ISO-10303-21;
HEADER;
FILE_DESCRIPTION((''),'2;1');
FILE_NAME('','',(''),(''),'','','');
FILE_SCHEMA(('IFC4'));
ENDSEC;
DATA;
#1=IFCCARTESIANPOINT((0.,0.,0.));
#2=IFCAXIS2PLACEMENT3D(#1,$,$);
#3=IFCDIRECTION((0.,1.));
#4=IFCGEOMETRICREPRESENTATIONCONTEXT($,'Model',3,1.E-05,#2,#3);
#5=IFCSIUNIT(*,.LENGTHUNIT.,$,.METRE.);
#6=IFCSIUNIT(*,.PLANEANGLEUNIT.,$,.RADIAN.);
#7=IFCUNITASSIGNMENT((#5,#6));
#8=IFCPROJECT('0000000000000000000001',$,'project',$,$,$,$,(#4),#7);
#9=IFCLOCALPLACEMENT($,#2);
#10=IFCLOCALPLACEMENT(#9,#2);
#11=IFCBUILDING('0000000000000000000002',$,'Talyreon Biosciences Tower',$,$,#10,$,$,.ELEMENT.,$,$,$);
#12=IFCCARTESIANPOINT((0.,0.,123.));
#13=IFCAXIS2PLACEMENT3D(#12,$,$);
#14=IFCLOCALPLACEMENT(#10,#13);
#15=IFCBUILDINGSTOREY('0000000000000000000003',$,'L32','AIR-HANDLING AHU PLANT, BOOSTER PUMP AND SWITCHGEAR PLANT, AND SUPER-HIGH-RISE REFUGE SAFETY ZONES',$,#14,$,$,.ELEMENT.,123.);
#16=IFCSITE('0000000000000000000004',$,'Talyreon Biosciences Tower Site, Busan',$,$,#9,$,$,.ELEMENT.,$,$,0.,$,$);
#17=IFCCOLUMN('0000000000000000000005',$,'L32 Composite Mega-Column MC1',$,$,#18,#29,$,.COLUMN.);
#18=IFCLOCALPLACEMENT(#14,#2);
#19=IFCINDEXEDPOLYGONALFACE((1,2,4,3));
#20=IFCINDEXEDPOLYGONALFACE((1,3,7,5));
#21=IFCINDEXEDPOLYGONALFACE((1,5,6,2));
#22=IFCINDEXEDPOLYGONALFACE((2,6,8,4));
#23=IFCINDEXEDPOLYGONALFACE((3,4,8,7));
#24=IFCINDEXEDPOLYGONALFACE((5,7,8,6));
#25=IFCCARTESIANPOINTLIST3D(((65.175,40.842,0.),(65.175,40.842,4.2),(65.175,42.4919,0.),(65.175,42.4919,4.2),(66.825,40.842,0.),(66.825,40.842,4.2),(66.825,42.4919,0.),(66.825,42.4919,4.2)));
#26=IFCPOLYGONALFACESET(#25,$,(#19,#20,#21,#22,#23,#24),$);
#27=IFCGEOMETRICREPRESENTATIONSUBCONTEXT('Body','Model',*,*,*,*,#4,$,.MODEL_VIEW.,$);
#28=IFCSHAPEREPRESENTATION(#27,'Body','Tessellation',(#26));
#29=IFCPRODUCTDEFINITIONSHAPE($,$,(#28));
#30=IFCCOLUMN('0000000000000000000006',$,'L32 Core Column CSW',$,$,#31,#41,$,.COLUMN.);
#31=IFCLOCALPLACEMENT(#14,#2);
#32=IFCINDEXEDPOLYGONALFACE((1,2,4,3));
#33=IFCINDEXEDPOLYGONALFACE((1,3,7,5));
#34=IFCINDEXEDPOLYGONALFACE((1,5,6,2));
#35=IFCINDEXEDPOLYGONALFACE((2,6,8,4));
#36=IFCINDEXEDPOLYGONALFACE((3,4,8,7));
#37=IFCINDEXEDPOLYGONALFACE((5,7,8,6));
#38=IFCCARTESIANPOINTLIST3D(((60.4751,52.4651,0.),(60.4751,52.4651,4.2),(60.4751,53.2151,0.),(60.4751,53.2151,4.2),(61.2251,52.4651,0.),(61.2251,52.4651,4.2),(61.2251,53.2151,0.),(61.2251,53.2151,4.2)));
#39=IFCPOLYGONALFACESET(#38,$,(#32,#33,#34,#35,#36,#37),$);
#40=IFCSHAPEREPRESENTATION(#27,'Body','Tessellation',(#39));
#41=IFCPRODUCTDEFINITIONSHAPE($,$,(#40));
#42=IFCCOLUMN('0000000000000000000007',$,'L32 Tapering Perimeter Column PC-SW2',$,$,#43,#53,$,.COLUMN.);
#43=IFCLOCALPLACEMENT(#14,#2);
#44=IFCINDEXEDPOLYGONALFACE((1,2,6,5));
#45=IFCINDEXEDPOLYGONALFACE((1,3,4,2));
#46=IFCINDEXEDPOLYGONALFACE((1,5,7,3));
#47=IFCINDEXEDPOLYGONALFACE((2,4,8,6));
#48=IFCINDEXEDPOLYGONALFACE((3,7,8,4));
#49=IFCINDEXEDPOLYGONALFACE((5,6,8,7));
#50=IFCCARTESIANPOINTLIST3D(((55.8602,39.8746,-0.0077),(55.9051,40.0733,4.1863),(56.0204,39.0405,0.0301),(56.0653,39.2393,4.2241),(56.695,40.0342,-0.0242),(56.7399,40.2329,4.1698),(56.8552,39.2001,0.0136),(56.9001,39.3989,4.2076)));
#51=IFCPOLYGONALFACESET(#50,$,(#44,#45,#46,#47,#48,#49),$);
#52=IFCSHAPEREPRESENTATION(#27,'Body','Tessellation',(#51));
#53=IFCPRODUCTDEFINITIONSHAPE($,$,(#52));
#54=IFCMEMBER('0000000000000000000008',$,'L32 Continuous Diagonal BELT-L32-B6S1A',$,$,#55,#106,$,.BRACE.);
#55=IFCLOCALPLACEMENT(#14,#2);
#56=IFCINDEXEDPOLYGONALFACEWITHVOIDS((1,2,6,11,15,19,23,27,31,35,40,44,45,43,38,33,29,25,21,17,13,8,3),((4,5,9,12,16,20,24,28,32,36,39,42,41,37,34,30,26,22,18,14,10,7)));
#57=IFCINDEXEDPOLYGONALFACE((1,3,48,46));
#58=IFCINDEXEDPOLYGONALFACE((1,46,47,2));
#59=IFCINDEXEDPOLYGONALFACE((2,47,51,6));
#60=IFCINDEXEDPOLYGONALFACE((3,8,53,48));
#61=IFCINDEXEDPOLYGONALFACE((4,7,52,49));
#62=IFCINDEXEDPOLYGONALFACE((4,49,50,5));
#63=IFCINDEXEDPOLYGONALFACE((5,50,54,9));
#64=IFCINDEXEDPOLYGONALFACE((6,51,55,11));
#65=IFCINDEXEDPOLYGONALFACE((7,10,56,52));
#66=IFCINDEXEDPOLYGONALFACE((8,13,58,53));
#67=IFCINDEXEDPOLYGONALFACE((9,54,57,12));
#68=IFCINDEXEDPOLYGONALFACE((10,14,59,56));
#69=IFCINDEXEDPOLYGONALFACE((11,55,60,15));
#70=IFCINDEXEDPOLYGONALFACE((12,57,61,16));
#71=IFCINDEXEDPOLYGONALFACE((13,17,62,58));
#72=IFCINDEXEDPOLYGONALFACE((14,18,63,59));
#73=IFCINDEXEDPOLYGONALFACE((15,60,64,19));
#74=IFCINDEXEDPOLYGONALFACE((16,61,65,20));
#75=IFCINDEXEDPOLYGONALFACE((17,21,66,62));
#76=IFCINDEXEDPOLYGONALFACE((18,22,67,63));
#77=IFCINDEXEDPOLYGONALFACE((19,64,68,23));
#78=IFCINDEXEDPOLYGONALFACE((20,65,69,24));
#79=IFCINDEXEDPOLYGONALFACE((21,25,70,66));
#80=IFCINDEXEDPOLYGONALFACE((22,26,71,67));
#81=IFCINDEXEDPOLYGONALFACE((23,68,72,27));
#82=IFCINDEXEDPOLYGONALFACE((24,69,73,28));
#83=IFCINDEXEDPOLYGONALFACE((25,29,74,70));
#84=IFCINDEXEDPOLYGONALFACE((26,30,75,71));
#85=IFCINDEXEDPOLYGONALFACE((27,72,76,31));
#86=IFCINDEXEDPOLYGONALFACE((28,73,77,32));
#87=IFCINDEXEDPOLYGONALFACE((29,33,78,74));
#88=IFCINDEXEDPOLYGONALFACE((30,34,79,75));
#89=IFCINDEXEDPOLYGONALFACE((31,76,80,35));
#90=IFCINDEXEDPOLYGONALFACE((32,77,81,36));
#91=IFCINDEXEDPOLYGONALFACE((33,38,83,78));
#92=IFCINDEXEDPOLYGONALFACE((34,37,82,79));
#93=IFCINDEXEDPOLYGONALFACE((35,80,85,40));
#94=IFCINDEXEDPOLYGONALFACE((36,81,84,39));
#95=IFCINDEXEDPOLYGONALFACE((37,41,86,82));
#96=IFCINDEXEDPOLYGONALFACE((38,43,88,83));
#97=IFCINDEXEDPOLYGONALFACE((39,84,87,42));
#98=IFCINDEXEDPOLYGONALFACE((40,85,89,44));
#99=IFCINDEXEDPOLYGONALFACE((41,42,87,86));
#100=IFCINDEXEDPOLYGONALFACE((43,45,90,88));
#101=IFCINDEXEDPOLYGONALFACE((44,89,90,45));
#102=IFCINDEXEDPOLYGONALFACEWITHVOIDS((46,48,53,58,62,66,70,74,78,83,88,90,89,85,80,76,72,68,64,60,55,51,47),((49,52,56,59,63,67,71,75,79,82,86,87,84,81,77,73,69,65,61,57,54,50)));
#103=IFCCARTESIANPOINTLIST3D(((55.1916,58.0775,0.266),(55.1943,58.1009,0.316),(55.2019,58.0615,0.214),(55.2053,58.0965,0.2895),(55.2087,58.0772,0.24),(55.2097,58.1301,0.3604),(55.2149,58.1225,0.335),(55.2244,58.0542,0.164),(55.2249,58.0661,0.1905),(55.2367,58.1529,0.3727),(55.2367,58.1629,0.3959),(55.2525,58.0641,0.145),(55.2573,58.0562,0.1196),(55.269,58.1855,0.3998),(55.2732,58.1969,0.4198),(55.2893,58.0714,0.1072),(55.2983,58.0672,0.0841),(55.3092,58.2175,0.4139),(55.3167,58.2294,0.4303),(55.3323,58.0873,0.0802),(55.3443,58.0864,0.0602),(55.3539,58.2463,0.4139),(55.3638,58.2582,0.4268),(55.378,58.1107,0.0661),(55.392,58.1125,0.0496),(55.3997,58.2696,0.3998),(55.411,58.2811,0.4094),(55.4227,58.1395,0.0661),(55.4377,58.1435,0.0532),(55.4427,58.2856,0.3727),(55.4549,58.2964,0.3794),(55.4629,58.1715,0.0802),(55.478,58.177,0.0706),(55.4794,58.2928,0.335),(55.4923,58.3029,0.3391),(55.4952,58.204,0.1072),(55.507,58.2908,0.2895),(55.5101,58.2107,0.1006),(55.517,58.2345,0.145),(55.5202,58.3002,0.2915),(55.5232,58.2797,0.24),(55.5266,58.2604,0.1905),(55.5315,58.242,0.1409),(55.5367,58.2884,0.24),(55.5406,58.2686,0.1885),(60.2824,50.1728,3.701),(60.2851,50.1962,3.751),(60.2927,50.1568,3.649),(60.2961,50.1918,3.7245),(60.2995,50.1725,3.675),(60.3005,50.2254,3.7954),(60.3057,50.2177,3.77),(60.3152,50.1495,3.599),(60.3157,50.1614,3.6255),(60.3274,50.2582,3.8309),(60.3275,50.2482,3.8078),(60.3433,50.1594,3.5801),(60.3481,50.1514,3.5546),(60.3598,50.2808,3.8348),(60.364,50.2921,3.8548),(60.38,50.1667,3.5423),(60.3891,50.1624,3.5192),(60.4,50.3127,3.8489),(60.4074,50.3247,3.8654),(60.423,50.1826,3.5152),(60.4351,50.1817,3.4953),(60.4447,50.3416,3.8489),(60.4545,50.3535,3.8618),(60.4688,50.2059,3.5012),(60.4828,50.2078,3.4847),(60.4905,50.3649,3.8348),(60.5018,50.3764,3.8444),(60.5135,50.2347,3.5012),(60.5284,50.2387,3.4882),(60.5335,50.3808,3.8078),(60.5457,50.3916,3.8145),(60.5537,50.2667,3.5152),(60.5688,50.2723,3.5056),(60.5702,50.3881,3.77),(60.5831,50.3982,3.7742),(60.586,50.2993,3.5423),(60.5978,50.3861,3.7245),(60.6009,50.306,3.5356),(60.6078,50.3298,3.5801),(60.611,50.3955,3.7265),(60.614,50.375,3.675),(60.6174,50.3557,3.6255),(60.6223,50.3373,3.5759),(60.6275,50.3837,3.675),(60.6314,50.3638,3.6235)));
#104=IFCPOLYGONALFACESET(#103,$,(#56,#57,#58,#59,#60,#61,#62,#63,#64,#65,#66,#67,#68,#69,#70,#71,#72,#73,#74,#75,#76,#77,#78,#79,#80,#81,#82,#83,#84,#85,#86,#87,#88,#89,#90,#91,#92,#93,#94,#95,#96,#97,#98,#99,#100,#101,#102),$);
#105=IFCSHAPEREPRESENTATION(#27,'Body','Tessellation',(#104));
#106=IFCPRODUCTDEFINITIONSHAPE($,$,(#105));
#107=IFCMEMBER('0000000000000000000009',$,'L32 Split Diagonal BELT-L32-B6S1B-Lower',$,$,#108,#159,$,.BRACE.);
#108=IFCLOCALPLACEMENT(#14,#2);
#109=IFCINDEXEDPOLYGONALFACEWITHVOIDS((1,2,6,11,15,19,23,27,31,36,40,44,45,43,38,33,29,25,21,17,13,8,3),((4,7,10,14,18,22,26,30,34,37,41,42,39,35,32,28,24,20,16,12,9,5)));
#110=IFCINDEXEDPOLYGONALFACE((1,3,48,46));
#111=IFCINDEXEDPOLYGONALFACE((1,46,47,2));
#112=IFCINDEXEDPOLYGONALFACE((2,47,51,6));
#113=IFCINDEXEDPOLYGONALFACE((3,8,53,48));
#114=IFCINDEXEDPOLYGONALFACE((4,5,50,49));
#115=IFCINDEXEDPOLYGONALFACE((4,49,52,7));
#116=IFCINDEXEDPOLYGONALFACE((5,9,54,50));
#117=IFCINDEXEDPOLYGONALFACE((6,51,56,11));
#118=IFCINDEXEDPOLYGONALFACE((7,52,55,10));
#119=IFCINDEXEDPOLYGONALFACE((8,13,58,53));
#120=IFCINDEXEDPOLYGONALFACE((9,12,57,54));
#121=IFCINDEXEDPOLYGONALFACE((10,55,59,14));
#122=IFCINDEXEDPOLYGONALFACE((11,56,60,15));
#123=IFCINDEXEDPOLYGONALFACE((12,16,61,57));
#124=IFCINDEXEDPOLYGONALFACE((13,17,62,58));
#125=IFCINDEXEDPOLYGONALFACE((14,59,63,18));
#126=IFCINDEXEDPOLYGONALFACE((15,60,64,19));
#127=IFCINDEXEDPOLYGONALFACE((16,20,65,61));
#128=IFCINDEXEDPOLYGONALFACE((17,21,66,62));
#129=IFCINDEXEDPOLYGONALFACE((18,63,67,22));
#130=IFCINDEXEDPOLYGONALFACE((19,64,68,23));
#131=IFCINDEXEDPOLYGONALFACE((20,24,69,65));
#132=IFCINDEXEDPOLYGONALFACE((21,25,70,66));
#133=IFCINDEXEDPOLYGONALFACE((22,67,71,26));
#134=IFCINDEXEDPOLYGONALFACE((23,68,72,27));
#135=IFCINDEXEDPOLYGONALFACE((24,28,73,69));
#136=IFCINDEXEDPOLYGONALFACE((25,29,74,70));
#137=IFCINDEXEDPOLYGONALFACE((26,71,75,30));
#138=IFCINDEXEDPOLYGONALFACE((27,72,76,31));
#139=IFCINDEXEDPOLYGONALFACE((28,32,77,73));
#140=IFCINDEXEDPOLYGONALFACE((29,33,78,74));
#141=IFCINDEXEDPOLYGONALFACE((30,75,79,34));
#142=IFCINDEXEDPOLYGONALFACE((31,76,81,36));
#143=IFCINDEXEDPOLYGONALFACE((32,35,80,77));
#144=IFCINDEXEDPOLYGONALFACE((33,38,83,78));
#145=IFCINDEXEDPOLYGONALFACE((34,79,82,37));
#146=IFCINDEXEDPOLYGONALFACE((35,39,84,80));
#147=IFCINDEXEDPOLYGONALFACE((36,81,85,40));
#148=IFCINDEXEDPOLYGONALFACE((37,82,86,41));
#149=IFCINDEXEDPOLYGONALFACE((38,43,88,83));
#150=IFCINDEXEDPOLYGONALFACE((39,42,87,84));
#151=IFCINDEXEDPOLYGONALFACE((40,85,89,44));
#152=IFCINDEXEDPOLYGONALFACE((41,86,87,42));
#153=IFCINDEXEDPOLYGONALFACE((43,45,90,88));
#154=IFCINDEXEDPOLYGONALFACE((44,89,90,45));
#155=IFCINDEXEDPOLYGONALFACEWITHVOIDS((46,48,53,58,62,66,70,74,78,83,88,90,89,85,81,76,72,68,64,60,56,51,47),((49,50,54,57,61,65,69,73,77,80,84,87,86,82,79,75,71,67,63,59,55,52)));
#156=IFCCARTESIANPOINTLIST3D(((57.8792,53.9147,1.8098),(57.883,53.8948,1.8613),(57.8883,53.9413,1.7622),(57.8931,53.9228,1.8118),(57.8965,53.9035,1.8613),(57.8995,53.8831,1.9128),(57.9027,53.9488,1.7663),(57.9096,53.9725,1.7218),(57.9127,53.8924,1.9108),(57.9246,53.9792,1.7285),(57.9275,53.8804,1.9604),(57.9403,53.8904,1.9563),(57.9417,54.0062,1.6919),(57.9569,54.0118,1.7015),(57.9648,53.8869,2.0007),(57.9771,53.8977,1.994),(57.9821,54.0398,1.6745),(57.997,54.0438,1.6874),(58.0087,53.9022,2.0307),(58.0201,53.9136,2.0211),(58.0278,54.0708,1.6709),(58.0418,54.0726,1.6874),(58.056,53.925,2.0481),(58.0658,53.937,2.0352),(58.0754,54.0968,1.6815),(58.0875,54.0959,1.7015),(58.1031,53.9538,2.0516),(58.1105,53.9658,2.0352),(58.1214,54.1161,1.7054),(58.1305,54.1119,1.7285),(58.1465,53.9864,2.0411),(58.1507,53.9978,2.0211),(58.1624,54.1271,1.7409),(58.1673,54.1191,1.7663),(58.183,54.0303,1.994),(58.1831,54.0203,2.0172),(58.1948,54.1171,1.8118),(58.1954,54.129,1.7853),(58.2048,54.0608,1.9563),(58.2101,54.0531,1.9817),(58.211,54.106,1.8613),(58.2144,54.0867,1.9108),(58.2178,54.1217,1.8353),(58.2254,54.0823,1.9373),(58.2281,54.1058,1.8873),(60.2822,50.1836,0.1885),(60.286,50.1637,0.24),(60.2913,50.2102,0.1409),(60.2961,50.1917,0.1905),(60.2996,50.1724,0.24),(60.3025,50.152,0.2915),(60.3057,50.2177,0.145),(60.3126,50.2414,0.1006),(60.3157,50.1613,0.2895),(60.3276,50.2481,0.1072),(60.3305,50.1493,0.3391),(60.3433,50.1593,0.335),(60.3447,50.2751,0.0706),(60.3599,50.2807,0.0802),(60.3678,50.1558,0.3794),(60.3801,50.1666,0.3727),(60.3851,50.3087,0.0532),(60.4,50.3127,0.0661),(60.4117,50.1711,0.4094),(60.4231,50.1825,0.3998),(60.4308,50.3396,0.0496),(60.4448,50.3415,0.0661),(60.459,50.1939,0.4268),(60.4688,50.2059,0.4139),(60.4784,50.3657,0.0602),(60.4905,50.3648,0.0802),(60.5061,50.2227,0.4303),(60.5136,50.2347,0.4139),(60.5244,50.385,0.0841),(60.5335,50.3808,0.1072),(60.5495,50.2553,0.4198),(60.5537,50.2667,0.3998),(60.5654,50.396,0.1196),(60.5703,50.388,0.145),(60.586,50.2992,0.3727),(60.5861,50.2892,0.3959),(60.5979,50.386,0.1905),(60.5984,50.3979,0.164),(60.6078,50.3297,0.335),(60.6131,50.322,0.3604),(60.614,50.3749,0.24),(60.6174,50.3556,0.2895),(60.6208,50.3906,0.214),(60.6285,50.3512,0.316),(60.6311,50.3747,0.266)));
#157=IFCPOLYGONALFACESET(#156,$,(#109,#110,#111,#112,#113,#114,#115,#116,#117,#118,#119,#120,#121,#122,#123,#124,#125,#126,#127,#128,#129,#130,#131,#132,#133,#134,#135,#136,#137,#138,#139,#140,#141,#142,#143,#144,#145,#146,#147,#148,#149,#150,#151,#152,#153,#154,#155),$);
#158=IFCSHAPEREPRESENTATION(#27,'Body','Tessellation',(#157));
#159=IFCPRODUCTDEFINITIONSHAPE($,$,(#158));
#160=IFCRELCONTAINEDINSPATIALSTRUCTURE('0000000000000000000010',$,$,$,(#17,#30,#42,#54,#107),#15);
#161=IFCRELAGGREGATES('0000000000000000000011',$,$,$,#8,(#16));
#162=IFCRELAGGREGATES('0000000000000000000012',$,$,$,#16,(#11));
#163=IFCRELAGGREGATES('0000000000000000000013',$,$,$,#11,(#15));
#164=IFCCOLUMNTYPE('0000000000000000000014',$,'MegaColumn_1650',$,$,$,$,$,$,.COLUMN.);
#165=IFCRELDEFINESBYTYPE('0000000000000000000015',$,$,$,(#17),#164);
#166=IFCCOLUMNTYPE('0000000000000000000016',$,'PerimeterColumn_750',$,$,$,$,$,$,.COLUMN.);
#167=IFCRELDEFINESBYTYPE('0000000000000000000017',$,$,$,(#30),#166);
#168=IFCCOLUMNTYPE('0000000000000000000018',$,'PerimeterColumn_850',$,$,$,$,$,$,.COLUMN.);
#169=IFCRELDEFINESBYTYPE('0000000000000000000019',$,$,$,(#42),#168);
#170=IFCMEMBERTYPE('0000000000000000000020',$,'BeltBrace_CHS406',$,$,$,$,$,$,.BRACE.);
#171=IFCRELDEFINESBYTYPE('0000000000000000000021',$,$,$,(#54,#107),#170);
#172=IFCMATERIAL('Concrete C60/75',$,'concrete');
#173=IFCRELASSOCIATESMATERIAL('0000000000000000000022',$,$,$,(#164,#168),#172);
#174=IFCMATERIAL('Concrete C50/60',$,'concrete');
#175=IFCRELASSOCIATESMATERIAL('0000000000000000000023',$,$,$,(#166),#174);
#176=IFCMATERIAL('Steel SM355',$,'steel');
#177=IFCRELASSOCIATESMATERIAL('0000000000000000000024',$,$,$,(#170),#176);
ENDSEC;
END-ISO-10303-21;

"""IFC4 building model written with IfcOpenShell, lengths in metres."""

from ifc_helpers import new_model, si_unit, direction, frame, origin, origin_2d, place, context, subcontext, project, spatial, rectangle, hollow_circle, extrude, material, material_profile, profile_set, type_object, element, save


model = new_model("IFC4")

# Units and contexts
model_context = context("Model", 3, precision=1e-05, world=origin(), true_north=direction((0.0, 1.0)))
body_context = subcontext(model_context, "Body", "Model", "MODEL_VIEW")
ifc_project = project(units=[si_unit("LENGTHUNIT", "METRE"), si_unit("PLANEANGLEUNIT", "RADIAN")], contexts=[model_context])

# Site, building, storey
site_placement = place(None, origin())
site = spatial("IfcSite", under=ifc_project, at=site_placement, Name="Talyreon Biosciences Tower Site, Busan", CompositionType="ELEMENT", RefElevation=0.0)
building_placement = place(site_placement, origin())
building = spatial("IfcBuilding", under=site, at=building_placement, Name="Talyreon Biosciences Tower", CompositionType="ELEMENT")
storey_placement = place(building_placement, frame((0.0, 0.0, 123.0)))
storey = spatial("IfcBuildingStorey", under=building, at=storey_placement, Name="L32", Description="AIR-HANDLING AHU PLANT, BOOSTER PUMP AND SWITCHGEAR PLANT, AND SUPER-HIGH-RISE REFUGE SAFETY ZONES", CompositionType="ELEMENT", Elevation=123.0)

# Columns
ifc_material_1 = material(Name="Concrete C60/75", Category="concrete")
ifc_material_profile_1 = material_profile(ifc_material_1, rectangle(XDim=1.6499, YDim=1.6499, at=origin_2d()), Name="RC 1650x1650")
ifc_profile_set_1 = profile_set([ifc_material_profile_1], Name="Concrete C60/75")
column_type_1 = type_object("IfcColumnType", Name="MegaColumn_1650", PredefinedType="COLUMN", material=ifc_profile_set_1)
column_1_placement = place(storey_placement, frame((66.0, 41.667, 0.0), z_axis=(0.0, 0.0, 1.0), x_axis=(1.0, 0.0, 0.0)))
element("IfcColumn", 1, at=column_1_placement, inside=storey, type_object=column_type_1, Name="L32 Composite Mega-Column MC1", PredefinedType="COLUMN", context=body_context, shape_type="SweptSolid", body=[
    extrude(rectangle(XDim=1.6499, YDim=1.6499, at=origin_2d()), origin(), (0.0, 0.0, 1.0), 4.2),
])
ifc_material_2 = material(Name="Concrete C50/60", Category="concrete")
ifc_material_profile_2 = material_profile(ifc_material_2, rectangle(XDim=0.75, YDim=0.75, at=origin_2d()), Name="RC 750x750")
ifc_profile_set_2 = profile_set([ifc_material_profile_2], Name="Concrete C50/60")
column_type_2 = type_object("IfcColumnType", Name="PerimeterColumn_750", PredefinedType="COLUMN", material=ifc_profile_set_2)
column_2_placement = place(storey_placement, frame((60.8501, 52.8401, 0.0), z_axis=(0.0, 0.0, 1.0), x_axis=(1.0, 0.0, 0.0)))
element("IfcColumn", 2, at=column_2_placement, inside=storey, type_object=column_type_2, Name="L32 Core Column CSW", PredefinedType="COLUMN", context=body_context, shape_type="SweptSolid", body=[
    extrude(rectangle(XDim=0.75, YDim=0.75, at=origin_2d()), origin(), (0.0, 0.0, 1.0), 4.2),
])
ifc_material_profile_3 = material_profile(ifc_material_1, rectangle(XDim=0.8501, YDim=0.8501, at=origin_2d()), Name="RC 850x850")
ifc_profile_set_3 = profile_set([ifc_material_profile_3], Name="Concrete C60/75")
column_type_3 = type_object("IfcColumnType", Name="PerimeterColumn_850", PredefinedType="COLUMN", material=ifc_profile_set_3)
column_3_placement = place(storey_placement, frame((56.3577, 39.5374, 0.0029), z_axis=(0.010698, 0.047328, 0.998822), x_axis=(-0.188437, 0.981078, -0.044469)))
element("IfcColumn", 3, at=column_3_placement, inside=storey, type_object=column_type_3, Name="L32 Tapering Perimeter Column PC-SW2", PredefinedType="COLUMN", context=body_context, shape_type="SweptSolid", body=[
    extrude(rectangle(XDim=0.8501, YDim=0.8501, at=origin_2d()), origin(), (0.0, 0.0, 1.0), 4.199),
])

# Members
ifc_material_3 = material(Name="Steel SM355", Category="steel")
ifc_material_profile_4 = material_profile(ifc_material_3, hollow_circle(Radius=0.2031, WallThickness=0.0161, at=origin_2d()), Name="CHS 406.4x16")
ifc_profile_set_4 = profile_set([ifc_material_profile_4], Name="Steel SM355")
member_type_1 = type_object("IfcMemberType", Name="BeltBrace_CHS406", PredefinedType="BRACE", material=ifc_profile_set_4)
member_1_placement = place(storey_placement, frame((55.366, 58.1785, 0.24), z_axis=(0.508569, -0.789682, 0.34316), x_axis=(0.840734, 0.541448, 0.0)))
element("IfcMember", 4, at=member_1_placement, inside=storey, type_object=member_type_1, Name="L32 Continuous Diagonal BELT-L32-B6S1A", PredefinedType="BRACE", context=body_context, shape_type="SweptSolid", body=[
    extrude(hollow_circle(Radius=0.2031, WallThickness=0.0161, at=origin_2d()), origin(), (0.0, 0.0, 1.0), 10.01),
])
for number, where, z_axis, x_axis, name in (
    (5, (60.4568, 50.2737, 0.24), (-0.50859, 0.789677, 0.343142), (-0.840722, -0.541466, 0.0), "L32 Split Diagonal BELT-L32-B6S1B-Lower"),
):
    element("IfcMember", number, at=place(storey_placement, frame(where, z_axis=z_axis, x_axis=x_axis)), inside=storey, type_object=member_type_1, Name=name, PredefinedType="BRACE", context=body_context, shape_type="SweptSolid", body=[
        extrude(hollow_circle(Radius=0.2031, WallThickness=0.0161, at=origin_2d()), origin(), (0.0, 0.0, 1.0), 4.7249),
    ])

save(model, "model.ifc")
